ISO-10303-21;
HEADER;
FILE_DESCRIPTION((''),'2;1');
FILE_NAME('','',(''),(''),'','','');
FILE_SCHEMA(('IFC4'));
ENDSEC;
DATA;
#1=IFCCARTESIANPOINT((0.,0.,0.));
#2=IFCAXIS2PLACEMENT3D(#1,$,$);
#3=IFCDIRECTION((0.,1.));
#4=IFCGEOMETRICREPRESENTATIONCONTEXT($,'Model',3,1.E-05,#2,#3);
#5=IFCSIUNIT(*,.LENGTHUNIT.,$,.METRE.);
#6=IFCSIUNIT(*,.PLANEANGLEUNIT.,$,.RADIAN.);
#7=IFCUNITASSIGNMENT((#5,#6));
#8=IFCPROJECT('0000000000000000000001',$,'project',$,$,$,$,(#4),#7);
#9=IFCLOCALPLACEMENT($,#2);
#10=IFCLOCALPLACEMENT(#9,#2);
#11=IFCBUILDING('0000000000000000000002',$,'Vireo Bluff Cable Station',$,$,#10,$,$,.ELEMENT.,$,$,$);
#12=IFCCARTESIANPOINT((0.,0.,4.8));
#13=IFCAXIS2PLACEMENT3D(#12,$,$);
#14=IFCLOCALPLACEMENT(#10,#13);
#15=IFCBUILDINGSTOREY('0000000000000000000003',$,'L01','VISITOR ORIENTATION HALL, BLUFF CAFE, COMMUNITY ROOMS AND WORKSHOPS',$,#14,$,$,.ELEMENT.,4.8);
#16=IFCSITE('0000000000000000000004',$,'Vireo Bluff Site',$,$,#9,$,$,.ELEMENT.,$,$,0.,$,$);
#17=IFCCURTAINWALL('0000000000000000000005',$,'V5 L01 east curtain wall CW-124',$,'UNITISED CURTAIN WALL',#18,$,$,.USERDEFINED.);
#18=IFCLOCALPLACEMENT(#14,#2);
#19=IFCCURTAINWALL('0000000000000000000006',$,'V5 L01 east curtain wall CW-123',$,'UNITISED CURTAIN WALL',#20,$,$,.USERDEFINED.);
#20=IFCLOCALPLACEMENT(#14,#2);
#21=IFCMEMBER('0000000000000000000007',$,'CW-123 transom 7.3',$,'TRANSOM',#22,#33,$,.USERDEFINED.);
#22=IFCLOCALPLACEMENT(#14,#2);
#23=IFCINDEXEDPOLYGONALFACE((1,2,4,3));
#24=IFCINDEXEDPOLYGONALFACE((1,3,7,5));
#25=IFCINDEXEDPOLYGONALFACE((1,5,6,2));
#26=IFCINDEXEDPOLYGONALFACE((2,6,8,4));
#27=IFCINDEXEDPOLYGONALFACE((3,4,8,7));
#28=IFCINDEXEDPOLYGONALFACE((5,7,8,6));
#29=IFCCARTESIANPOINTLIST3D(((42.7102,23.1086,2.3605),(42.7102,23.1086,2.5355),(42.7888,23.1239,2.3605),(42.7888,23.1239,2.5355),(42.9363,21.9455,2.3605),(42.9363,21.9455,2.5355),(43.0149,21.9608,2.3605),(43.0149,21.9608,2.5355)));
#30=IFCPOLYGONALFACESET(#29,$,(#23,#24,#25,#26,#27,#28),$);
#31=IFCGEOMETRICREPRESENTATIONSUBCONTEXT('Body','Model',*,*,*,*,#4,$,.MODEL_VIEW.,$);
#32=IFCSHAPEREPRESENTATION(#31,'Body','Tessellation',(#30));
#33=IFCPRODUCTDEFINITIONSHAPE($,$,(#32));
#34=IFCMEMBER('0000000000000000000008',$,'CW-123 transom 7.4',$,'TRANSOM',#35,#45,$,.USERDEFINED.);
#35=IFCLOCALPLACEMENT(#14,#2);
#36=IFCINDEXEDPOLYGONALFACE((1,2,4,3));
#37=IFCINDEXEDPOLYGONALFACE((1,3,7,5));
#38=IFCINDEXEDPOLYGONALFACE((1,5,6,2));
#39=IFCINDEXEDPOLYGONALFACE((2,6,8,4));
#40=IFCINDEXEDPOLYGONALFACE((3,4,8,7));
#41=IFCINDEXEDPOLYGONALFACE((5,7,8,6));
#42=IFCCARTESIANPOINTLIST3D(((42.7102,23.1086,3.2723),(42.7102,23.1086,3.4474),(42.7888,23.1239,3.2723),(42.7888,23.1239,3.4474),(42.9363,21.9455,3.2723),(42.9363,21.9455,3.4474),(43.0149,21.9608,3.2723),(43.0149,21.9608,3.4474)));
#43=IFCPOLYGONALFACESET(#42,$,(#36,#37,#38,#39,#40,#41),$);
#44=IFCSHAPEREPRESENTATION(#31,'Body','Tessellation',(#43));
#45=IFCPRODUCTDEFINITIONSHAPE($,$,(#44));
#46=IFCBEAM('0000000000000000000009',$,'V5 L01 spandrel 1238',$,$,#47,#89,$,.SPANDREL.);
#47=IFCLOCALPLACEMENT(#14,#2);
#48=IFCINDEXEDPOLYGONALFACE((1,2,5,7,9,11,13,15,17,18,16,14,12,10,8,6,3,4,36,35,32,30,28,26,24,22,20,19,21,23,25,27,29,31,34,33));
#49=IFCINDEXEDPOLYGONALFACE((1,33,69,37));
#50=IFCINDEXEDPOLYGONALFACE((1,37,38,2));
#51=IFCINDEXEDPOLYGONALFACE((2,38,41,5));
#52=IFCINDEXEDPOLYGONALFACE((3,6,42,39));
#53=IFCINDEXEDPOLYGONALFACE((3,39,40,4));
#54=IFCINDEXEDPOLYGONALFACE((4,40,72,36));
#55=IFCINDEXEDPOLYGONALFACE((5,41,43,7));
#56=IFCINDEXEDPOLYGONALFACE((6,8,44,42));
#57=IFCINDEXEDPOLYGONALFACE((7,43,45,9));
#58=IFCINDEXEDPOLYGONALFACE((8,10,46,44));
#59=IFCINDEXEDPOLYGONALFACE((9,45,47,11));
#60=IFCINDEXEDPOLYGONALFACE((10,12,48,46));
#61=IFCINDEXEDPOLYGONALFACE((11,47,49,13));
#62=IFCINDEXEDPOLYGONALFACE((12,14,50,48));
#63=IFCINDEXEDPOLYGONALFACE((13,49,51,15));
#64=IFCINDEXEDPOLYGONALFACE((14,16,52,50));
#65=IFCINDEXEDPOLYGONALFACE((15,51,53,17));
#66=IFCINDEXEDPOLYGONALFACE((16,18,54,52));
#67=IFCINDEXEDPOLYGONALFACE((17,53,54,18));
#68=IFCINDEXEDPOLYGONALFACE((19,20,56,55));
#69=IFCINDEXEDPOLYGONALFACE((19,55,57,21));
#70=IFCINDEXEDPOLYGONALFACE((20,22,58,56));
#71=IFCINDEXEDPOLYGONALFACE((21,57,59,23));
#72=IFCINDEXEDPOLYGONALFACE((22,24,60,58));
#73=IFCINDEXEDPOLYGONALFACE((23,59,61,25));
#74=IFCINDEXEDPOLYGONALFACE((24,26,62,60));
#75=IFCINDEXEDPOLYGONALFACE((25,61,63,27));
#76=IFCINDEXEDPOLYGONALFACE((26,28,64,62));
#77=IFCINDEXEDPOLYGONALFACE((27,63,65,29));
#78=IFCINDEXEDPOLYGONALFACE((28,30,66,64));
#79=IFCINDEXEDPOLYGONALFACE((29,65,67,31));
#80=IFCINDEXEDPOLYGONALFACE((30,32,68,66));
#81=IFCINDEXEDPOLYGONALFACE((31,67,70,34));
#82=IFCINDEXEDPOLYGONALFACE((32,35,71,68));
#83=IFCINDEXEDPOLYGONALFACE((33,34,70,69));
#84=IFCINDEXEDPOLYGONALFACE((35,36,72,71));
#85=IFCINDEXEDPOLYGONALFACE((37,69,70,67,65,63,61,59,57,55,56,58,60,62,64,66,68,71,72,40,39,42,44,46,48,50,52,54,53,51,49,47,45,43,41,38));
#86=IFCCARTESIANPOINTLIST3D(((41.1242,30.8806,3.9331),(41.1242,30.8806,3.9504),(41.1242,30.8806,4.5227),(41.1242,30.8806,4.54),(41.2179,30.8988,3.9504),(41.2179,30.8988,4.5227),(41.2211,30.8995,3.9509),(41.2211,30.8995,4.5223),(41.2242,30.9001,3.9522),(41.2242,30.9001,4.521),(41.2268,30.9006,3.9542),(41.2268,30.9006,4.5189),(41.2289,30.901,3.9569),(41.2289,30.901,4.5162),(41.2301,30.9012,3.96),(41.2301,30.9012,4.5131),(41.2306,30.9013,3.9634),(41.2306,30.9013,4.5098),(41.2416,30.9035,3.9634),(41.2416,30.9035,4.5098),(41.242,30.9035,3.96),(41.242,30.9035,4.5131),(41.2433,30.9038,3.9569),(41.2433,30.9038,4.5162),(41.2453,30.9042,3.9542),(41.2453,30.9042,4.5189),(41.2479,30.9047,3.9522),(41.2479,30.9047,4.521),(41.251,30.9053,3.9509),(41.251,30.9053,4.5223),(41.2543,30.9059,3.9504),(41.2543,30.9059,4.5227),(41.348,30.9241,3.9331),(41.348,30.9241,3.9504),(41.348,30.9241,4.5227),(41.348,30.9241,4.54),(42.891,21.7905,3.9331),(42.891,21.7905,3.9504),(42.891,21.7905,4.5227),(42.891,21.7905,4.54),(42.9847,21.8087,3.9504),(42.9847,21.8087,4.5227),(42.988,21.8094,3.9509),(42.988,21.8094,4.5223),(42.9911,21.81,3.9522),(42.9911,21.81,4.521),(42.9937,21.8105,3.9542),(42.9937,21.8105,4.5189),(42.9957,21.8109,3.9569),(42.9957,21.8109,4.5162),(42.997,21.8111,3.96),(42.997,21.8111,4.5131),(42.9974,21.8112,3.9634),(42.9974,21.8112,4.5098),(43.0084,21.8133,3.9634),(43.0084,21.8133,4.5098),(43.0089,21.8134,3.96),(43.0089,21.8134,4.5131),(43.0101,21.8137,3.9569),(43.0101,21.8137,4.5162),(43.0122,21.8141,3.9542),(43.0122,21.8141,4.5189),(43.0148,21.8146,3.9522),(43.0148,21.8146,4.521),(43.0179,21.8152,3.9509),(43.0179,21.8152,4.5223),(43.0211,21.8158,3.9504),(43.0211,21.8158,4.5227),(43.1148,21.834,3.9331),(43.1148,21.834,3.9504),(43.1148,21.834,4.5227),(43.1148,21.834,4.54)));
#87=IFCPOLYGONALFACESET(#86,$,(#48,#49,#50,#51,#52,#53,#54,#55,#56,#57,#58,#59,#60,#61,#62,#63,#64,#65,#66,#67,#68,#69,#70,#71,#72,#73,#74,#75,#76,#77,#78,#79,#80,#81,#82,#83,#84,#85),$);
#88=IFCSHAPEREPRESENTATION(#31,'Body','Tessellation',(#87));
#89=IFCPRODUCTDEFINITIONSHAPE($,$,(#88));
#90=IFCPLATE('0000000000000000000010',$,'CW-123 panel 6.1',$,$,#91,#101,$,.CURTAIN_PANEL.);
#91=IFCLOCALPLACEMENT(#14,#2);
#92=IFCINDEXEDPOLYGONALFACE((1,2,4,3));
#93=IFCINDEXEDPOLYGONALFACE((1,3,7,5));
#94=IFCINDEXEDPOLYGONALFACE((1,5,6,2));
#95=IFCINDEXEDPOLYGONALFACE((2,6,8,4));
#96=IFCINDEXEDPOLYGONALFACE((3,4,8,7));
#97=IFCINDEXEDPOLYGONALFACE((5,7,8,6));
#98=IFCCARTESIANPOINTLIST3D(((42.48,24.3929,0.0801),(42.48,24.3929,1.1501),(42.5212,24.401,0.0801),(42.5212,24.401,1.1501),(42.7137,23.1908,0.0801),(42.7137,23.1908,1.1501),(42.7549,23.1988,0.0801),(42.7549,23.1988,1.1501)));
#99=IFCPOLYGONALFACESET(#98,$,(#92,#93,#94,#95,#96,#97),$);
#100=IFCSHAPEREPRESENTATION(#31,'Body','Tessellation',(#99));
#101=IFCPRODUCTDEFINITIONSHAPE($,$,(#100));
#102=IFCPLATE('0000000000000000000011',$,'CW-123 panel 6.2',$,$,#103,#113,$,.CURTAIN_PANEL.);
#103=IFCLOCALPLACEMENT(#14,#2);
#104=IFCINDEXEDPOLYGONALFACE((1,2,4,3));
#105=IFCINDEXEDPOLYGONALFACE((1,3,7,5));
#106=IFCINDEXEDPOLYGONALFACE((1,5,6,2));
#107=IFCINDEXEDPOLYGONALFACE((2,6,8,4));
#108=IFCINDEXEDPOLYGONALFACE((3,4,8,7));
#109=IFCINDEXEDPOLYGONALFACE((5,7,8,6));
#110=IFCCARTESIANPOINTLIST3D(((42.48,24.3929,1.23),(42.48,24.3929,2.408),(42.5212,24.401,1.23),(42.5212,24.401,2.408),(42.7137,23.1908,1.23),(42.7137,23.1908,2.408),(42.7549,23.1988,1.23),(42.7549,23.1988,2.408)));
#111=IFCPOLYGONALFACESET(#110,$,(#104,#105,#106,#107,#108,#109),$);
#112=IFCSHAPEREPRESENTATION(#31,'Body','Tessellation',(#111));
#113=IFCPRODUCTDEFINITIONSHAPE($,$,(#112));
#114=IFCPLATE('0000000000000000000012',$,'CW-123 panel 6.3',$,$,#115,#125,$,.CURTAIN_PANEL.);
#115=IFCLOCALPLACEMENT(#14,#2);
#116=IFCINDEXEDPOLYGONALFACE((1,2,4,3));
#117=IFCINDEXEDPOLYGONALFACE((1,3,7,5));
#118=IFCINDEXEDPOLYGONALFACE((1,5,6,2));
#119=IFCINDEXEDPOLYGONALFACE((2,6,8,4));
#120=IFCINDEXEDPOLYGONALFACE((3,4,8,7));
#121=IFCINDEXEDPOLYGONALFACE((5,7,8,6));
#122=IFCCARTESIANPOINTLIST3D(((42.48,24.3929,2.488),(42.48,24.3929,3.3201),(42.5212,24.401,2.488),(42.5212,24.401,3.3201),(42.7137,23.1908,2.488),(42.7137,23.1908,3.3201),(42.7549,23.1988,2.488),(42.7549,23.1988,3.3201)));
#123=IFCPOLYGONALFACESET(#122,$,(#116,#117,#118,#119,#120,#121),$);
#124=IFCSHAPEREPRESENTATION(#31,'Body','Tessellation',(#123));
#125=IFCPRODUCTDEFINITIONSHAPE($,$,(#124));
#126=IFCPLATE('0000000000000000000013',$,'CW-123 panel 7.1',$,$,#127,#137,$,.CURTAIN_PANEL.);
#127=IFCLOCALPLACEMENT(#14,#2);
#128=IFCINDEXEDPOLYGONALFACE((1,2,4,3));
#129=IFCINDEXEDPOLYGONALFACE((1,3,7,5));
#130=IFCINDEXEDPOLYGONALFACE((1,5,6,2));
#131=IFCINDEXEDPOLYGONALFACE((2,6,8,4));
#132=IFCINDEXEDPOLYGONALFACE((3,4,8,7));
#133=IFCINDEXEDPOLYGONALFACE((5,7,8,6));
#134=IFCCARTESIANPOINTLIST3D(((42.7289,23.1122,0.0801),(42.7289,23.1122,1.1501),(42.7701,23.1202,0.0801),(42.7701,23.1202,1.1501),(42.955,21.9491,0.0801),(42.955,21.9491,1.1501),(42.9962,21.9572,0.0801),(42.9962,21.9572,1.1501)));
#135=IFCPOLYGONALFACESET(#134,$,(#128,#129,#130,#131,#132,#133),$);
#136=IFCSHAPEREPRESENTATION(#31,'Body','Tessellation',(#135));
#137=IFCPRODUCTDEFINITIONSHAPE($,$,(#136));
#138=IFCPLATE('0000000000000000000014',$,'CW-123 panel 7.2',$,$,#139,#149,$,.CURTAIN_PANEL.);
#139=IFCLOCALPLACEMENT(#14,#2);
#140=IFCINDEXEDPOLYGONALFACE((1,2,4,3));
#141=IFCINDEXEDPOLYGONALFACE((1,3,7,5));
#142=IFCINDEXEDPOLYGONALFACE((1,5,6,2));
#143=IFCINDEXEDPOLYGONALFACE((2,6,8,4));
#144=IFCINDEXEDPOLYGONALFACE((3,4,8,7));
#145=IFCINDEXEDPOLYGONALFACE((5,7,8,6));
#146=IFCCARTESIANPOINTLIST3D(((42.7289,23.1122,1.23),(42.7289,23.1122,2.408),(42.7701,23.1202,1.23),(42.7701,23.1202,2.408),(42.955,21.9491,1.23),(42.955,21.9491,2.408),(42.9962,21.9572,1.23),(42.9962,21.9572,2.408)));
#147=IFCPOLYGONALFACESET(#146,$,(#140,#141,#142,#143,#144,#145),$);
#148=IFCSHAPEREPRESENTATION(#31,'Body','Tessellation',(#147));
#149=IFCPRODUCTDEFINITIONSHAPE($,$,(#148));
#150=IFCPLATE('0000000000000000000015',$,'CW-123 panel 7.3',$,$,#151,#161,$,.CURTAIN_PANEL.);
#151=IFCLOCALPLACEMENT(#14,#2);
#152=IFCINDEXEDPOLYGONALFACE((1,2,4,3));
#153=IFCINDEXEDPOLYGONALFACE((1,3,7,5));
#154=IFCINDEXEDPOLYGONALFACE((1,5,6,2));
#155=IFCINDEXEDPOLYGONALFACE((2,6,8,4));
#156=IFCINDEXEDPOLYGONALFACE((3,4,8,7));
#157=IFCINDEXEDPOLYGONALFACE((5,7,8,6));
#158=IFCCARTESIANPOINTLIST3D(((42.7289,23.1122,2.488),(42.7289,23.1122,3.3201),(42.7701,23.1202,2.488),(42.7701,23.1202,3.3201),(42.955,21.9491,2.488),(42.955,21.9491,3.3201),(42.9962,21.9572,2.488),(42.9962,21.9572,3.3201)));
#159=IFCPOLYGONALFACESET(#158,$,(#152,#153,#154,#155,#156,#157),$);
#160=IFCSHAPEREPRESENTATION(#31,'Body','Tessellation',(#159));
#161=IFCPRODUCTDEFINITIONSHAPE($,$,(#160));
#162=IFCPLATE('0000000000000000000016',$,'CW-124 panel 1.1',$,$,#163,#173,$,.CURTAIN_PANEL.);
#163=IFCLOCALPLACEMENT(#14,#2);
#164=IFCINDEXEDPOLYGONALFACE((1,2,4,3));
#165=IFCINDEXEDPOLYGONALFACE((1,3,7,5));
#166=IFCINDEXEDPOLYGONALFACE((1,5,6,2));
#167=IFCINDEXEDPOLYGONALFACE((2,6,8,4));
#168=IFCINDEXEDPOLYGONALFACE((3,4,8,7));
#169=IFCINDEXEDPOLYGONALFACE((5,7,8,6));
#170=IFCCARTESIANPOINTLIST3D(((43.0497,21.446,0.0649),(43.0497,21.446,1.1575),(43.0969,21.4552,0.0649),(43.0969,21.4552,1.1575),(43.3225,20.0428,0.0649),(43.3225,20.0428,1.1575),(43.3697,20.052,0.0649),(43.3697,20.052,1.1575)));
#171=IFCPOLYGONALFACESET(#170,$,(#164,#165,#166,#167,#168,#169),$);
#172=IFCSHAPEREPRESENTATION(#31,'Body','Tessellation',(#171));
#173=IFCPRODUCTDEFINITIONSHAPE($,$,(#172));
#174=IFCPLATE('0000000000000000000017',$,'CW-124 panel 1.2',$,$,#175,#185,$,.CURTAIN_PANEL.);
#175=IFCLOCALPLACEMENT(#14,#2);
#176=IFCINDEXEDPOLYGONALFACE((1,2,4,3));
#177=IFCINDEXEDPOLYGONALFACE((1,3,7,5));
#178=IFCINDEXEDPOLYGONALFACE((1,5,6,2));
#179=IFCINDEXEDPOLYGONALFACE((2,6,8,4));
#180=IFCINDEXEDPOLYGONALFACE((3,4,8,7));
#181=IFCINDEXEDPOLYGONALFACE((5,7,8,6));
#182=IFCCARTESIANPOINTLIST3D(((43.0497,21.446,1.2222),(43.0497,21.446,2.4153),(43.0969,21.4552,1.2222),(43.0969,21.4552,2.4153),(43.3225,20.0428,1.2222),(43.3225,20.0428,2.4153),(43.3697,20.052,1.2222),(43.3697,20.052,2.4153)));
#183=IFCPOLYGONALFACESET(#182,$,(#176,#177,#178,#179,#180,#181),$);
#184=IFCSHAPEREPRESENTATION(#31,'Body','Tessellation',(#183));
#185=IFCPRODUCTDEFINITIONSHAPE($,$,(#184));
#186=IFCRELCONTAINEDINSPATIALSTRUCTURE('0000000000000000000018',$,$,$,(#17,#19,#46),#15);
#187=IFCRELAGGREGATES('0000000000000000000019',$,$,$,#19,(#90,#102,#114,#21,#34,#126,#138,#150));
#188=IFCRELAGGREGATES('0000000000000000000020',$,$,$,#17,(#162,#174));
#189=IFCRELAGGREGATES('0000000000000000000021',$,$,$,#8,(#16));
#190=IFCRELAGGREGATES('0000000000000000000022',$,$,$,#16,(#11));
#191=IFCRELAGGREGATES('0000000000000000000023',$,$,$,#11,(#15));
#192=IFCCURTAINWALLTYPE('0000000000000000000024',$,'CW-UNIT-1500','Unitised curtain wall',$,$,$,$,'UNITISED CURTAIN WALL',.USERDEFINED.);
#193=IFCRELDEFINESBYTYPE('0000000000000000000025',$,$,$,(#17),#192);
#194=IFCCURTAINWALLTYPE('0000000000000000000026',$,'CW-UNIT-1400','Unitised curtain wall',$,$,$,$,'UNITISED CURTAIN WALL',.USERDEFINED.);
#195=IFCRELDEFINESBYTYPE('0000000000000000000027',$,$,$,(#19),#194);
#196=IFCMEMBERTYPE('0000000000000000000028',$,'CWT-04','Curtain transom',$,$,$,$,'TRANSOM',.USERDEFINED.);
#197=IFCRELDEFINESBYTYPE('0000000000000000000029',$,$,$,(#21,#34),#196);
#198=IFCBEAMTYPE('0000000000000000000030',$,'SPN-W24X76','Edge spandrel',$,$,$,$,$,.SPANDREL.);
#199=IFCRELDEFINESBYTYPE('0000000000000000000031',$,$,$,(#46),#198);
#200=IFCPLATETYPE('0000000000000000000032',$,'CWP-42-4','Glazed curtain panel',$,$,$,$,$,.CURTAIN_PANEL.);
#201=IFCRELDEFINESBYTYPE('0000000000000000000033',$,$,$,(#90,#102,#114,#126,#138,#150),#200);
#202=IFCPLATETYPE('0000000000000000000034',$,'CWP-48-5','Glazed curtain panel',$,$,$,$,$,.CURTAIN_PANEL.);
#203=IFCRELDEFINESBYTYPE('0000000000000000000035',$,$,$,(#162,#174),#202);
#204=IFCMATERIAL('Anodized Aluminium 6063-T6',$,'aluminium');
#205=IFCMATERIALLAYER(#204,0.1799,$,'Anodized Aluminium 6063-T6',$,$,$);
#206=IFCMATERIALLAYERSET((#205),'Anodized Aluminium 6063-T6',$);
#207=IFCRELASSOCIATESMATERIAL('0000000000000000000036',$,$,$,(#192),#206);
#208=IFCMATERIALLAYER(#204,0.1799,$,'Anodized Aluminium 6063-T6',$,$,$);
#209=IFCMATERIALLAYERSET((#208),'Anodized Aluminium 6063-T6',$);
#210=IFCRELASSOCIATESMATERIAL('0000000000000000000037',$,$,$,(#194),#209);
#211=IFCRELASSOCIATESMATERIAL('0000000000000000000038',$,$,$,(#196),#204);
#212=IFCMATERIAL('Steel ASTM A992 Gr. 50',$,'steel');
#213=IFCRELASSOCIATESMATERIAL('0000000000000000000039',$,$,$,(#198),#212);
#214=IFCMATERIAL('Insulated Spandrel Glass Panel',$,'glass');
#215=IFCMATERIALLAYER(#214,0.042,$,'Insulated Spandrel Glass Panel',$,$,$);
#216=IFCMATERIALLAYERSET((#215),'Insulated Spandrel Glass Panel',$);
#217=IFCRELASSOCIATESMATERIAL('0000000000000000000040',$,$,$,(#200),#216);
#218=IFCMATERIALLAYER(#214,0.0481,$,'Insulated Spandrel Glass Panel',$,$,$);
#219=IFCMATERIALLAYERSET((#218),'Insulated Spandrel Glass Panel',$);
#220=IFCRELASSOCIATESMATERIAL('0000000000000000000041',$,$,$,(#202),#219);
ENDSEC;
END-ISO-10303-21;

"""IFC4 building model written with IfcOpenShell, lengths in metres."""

from ifc_helpers import new_model, si_unit, direction, frame, origin, origin_2d, place, context, subcontext, project, spatial, rectangle, i_section, extrude, material, layer, layer_set, material_profile, profile_set, type_object, element, aggregate, save


model = new_model("IFC4")

# Units and contexts
model_context = context("Model", 3, precision=1e-05, world=origin(), true_north=direction((0.0, 1.0)))
body_context = subcontext(model_context, "Body", "Model", "MODEL_VIEW")
ifc_project = project(units=[si_unit("LENGTHUNIT", "METRE"), si_unit("PLANEANGLEUNIT", "RADIAN")], contexts=[model_context])

# Site, building, storey
site_placement = place(None, origin())
site = spatial("IfcSite", under=ifc_project, at=site_placement, Name="Vireo Bluff Site", CompositionType="ELEMENT", RefElevation=0.0)
building_placement = place(site_placement, origin())
building = spatial("IfcBuilding", under=site, at=building_placement, Name="Vireo Bluff Cable Station", CompositionType="ELEMENT")
storey_placement = place(building_placement, frame((0.0, 0.0, 4.8)))
storey = spatial("IfcBuildingStorey", under=building, at=storey_placement, Name="L01", Description="VISITOR ORIENTATION HALL, BLUFF CAFE, COMMUNITY ROOMS AND WORKSHOPS", CompositionType="ELEMENT", Elevation=4.8)

# Shared definitions
ifc_material_1 = material(Name="Steel ASTM A992 Gr. 50", Category="steel")

# Curtain wall
ifc_material_2 = material(Name="Anodized Aluminium 6063-T6", Category="aluminium")
ifc_layer_1 = layer(ifc_material_2, 0.1799, Name="Anodized Aluminium 6063-T6")
ifc_layer_set_1 = layer_set([ifc_layer_1], Name="Anodized Aluminium 6063-T6")
curtain_wall_type_1 = type_object("IfcCurtainWallType", Name="CW-UNIT-1500", Description="Unitised curtain wall", ElementType="UNITISED CURTAIN WALL", PredefinedType="USERDEFINED", material=ifc_layer_set_1)
curtain_wall_1_placement = place(storey_placement, origin())
curtain_wall_1 = element("IfcCurtainWall", 1, at=curtain_wall_1_placement, inside=storey, type_object=curtain_wall_type_1, Name="V5 L01 east curtain wall CW-124", ObjectType="UNITISED CURTAIN WALL", PredefinedType="USERDEFINED")

# Curtain wall
ifc_layer_2 = layer(ifc_material_2, 0.1799, Name="Anodized Aluminium 6063-T6")
ifc_layer_set_2 = layer_set([ifc_layer_2], Name="Anodized Aluminium 6063-T6")
curtain_wall_type_2 = type_object("IfcCurtainWallType", Name="CW-UNIT-1400", Description="Unitised curtain wall", ElementType="UNITISED CURTAIN WALL", PredefinedType="USERDEFINED", material=ifc_layer_set_2)
curtain_wall_2_placement = place(storey_placement, origin())
curtain_wall_2 = element("IfcCurtainWall", 2, at=curtain_wall_2_placement, inside=storey, type_object=curtain_wall_type_2, Name="V5 L01 east curtain wall CW-123", ObjectType="UNITISED CURTAIN WALL", PredefinedType="USERDEFINED")

# Members
ifc_material_profile_1 = material_profile(ifc_material_2, rectangle(XDim=0.0801, YDim=0.175, at=origin_2d()), Name="ALU-T-80X175")
ifc_profile_set_1 = profile_set([ifc_material_profile_1], Name="Anodized Aluminium 6063-T6")
member_type_1 = type_object("IfcMemberType", Name="CWT-04", Description="Curtain transom", ElementType="TRANSOM", PredefinedType="USERDEFINED", material=ifc_profile_set_1)
member_1_placement = place(storey_placement, frame((42.7495, 23.1162, 2.448), z_axis=(0.190803, -0.981628, 0.0), x_axis=(0.981628, 0.190803, 0.0)))
member_1 = element("IfcMember", 3, at=member_1_placement, type_object=member_type_1, Name="CW-123 transom 7.3", ObjectType="TRANSOM", PredefinedType="USERDEFINED", context=body_context, shape_type="SweptSolid", body=[
    extrude(rectangle(XDim=0.0801, YDim=0.175, at=origin_2d()), origin(), (0.0, 0.0, 1.0), 1.1848),
])
member_2_placement = place(storey_placement, frame((42.7495, 23.1162, 3.3599), z_axis=(0.190803, -0.981628, 0.0), x_axis=(0.981628, 0.190803, 0.0)))
member_2 = element("IfcMember", 4, at=member_2_placement, type_object=member_type_1, Name="CW-123 transom 7.4", ObjectType="TRANSOM", PredefinedType="USERDEFINED", context=body_context, shape_type="SweptSolid", body=[
    extrude(rectangle(XDim=0.0801, YDim=0.175, at=origin_2d()), origin(), (0.0, 0.0, 1.0), 1.1848),
])

# Beam
ifc_material_profile_2 = material_profile(ifc_material_1, i_section(OverallWidth=0.228, OverallDepth=0.6069, WebThickness=0.0112, FlangeThickness=0.0173, FilletRadius=0.0129, at=origin_2d()), Name="W24X76")
ifc_profile_set_2 = profile_set([ifc_material_profile_2], Name="Steel ASTM A992 Gr. 50")
beam_type = type_object("IfcBeamType", Name="SPN-W24X76", Description="Edge spandrel", PredefinedType="SPANDREL", material=ifc_profile_set_2)
beam_placement = place(storey_placement, frame((43.0029, 21.8123, 4.2366), z_axis=(-0.1908, 0.981629, 0.0), x_axis=(-0.981629, -0.1908, 0.0)))
element("IfcBeam", 5, at=beam_placement, inside=storey, type_object=beam_type, Name="V5 L01 spandrel 1238", PredefinedType="SPANDREL", context=body_context, shape_type="SweptSolid", body=[
    extrude(i_section(OverallWidth=0.228, OverallDepth=0.6069, WebThickness=0.0112, FlangeThickness=0.0173, FilletRadius=0.0129, at=origin_2d()), origin(), (0.0, 0.0, 1.0), 9.2603),
])

# Plates
ifc_material_3 = material(Name="Insulated Spandrel Glass Panel", Category="glass")
ifc_layer_3 = layer(ifc_material_3, 0.042, Name="Insulated Spandrel Glass Panel")
ifc_layer_set_3 = layer_set([ifc_layer_3], Name="Insulated Spandrel Glass Panel")
plate_type_1 = type_object("IfcPlateType", Name="CWP-42-4", Description="Glazed curtain panel", PredefinedType="CURTAIN_PANEL", material=ifc_layer_set_3)
plate_1_placement = place(storey_placement, frame((42.6174, 23.7959, 0.0801), z_axis=(0.0, 0.0, 1.0), x_axis=(0.190809, -0.981627, 0.0)))
plate_1 = element("IfcPlate", 6, at=plate_1_placement, type_object=plate_type_1, Name="CW-123 panel 6.1", PredefinedType="CURTAIN_PANEL", context=body_context, shape_type="SweptSolid", body=[
    extrude(rectangle(XDim=1.2246, YDim=0.042, at=origin_2d()), origin(), (0.0, 0.0, 1.0), 1.0701),
])
plate_2_placement = place(storey_placement, frame((42.6174, 23.7959, 1.23), z_axis=(0.0, 0.0, 1.0), x_axis=(0.190809, -0.981627, 0.0)))
plate_2 = element("IfcPlate", 7, at=plate_2_placement, type_object=plate_type_1, Name="CW-123 panel 6.2", PredefinedType="CURTAIN_PANEL", context=body_context, shape_type="SweptSolid", body=[
    extrude(rectangle(XDim=1.2246, YDim=0.042, at=origin_2d()), origin(), (0.0, 0.0, 1.0), 1.178),
])
plate_3_placement = place(storey_placement, frame((42.6174, 23.7959, 2.488), z_axis=(0.0, 0.0, 1.0), x_axis=(0.190809, -0.981627, 0.0)))
plate_3 = element("IfcPlate", 8, at=plate_3_placement, type_object=plate_type_1, Name="CW-123 panel 6.3", PredefinedType="CURTAIN_PANEL", context=body_context, shape_type="SweptSolid", body=[
    extrude(rectangle(XDim=1.2246, YDim=0.042, at=origin_2d()), origin(), (0.0, 0.0, 1.0), 0.832),
])
plate_4_placement = place(storey_placement, frame((42.8625, 22.5347, 0.0801), z_axis=(0.0, 0.0, 1.0), x_axis=(0.190809, -0.981627, 0.0)))
plate_4 = element("IfcPlate", 9, at=plate_4_placement, type_object=plate_type_1, Name="CW-123 panel 7.1", PredefinedType="CURTAIN_PANEL", context=body_context, shape_type="SweptSolid", body=[
    extrude(rectangle(XDim=1.1848, YDim=0.042, at=origin_2d()), origin(), (0.0, 0.0, 1.0), 1.0701),
])
plate_5_placement = place(storey_placement, frame((42.8625, 22.5347, 1.23), z_axis=(0.0, 0.0, 1.0), x_axis=(0.190809, -0.981627, 0.0)))
plate_5 = element("IfcPlate", 10, at=plate_5_placement, type_object=plate_type_1, Name="CW-123 panel 7.2", PredefinedType="CURTAIN_PANEL", context=body_context, shape_type="SweptSolid", body=[
    extrude(rectangle(XDim=1.1848, YDim=0.042, at=origin_2d()), origin(), (0.0, 0.0, 1.0), 1.178),
])
plate_6_placement = place(storey_placement, frame((42.8625, 22.5347, 2.488), z_axis=(0.0, 0.0, 1.0), x_axis=(0.190809, -0.981627, 0.0)))
plate_6 = element("IfcPlate", 11, at=plate_6_placement, type_object=plate_type_1, Name="CW-123 panel 7.3", PredefinedType="CURTAIN_PANEL", context=body_context, shape_type="SweptSolid", body=[
    extrude(rectangle(XDim=1.1848, YDim=0.042, at=origin_2d()), origin(), (0.0, 0.0, 1.0), 0.832),
])
aggregate(curtain_wall_2, [plate_1, plate_2, plate_3, member_1, member_2, plate_4, plate_5, plate_6])
ifc_layer_4 = layer(ifc_material_3, 0.0481, Name="Insulated Spandrel Glass Panel")
ifc_layer_set_4 = layer_set([ifc_layer_4], Name="Insulated Spandrel Glass Panel")
plate_type_2 = type_object("IfcPlateType", Name="CWP-48-5", Description="Glazed curtain panel", PredefinedType="CURTAIN_PANEL", material=ifc_layer_set_4)
plate_7_placement = place(storey_placement, frame((43.2097, 20.749, 0.0649), z_axis=(0.0, 0.0, 1.0), x_axis=(0.190809, -0.981627, 0.0)))
plate_7 = element("IfcPlate", 12, at=plate_7_placement, type_object=plate_type_2, Name="CW-124 panel 1.1", PredefinedType="CURTAIN_PANEL", context=body_context, shape_type="SweptSolid", body=[
    extrude(rectangle(XDim=1.4294, YDim=0.0481, at=origin_2d()), origin(), (0.0, 0.0, 1.0), 1.0925),
])
plate_8_placement = place(storey_placement, frame((43.2097, 20.749, 1.2222), z_axis=(0.0, 0.0, 1.0), x_axis=(0.190809, -0.981627, 0.0)))
plate_8 = element("IfcPlate", 13, at=plate_8_placement, type_object=plate_type_2, Name="CW-124 panel 1.2", PredefinedType="CURTAIN_PANEL", context=body_context, shape_type="SweptSolid", body=[
    extrude(rectangle(XDim=1.4294, YDim=0.0481, at=origin_2d()), origin(), (0.0, 0.0, 1.0), 1.1931),
])
aggregate(curtain_wall_1, [plate_7, plate_8])

save(model, "model.ifc")
